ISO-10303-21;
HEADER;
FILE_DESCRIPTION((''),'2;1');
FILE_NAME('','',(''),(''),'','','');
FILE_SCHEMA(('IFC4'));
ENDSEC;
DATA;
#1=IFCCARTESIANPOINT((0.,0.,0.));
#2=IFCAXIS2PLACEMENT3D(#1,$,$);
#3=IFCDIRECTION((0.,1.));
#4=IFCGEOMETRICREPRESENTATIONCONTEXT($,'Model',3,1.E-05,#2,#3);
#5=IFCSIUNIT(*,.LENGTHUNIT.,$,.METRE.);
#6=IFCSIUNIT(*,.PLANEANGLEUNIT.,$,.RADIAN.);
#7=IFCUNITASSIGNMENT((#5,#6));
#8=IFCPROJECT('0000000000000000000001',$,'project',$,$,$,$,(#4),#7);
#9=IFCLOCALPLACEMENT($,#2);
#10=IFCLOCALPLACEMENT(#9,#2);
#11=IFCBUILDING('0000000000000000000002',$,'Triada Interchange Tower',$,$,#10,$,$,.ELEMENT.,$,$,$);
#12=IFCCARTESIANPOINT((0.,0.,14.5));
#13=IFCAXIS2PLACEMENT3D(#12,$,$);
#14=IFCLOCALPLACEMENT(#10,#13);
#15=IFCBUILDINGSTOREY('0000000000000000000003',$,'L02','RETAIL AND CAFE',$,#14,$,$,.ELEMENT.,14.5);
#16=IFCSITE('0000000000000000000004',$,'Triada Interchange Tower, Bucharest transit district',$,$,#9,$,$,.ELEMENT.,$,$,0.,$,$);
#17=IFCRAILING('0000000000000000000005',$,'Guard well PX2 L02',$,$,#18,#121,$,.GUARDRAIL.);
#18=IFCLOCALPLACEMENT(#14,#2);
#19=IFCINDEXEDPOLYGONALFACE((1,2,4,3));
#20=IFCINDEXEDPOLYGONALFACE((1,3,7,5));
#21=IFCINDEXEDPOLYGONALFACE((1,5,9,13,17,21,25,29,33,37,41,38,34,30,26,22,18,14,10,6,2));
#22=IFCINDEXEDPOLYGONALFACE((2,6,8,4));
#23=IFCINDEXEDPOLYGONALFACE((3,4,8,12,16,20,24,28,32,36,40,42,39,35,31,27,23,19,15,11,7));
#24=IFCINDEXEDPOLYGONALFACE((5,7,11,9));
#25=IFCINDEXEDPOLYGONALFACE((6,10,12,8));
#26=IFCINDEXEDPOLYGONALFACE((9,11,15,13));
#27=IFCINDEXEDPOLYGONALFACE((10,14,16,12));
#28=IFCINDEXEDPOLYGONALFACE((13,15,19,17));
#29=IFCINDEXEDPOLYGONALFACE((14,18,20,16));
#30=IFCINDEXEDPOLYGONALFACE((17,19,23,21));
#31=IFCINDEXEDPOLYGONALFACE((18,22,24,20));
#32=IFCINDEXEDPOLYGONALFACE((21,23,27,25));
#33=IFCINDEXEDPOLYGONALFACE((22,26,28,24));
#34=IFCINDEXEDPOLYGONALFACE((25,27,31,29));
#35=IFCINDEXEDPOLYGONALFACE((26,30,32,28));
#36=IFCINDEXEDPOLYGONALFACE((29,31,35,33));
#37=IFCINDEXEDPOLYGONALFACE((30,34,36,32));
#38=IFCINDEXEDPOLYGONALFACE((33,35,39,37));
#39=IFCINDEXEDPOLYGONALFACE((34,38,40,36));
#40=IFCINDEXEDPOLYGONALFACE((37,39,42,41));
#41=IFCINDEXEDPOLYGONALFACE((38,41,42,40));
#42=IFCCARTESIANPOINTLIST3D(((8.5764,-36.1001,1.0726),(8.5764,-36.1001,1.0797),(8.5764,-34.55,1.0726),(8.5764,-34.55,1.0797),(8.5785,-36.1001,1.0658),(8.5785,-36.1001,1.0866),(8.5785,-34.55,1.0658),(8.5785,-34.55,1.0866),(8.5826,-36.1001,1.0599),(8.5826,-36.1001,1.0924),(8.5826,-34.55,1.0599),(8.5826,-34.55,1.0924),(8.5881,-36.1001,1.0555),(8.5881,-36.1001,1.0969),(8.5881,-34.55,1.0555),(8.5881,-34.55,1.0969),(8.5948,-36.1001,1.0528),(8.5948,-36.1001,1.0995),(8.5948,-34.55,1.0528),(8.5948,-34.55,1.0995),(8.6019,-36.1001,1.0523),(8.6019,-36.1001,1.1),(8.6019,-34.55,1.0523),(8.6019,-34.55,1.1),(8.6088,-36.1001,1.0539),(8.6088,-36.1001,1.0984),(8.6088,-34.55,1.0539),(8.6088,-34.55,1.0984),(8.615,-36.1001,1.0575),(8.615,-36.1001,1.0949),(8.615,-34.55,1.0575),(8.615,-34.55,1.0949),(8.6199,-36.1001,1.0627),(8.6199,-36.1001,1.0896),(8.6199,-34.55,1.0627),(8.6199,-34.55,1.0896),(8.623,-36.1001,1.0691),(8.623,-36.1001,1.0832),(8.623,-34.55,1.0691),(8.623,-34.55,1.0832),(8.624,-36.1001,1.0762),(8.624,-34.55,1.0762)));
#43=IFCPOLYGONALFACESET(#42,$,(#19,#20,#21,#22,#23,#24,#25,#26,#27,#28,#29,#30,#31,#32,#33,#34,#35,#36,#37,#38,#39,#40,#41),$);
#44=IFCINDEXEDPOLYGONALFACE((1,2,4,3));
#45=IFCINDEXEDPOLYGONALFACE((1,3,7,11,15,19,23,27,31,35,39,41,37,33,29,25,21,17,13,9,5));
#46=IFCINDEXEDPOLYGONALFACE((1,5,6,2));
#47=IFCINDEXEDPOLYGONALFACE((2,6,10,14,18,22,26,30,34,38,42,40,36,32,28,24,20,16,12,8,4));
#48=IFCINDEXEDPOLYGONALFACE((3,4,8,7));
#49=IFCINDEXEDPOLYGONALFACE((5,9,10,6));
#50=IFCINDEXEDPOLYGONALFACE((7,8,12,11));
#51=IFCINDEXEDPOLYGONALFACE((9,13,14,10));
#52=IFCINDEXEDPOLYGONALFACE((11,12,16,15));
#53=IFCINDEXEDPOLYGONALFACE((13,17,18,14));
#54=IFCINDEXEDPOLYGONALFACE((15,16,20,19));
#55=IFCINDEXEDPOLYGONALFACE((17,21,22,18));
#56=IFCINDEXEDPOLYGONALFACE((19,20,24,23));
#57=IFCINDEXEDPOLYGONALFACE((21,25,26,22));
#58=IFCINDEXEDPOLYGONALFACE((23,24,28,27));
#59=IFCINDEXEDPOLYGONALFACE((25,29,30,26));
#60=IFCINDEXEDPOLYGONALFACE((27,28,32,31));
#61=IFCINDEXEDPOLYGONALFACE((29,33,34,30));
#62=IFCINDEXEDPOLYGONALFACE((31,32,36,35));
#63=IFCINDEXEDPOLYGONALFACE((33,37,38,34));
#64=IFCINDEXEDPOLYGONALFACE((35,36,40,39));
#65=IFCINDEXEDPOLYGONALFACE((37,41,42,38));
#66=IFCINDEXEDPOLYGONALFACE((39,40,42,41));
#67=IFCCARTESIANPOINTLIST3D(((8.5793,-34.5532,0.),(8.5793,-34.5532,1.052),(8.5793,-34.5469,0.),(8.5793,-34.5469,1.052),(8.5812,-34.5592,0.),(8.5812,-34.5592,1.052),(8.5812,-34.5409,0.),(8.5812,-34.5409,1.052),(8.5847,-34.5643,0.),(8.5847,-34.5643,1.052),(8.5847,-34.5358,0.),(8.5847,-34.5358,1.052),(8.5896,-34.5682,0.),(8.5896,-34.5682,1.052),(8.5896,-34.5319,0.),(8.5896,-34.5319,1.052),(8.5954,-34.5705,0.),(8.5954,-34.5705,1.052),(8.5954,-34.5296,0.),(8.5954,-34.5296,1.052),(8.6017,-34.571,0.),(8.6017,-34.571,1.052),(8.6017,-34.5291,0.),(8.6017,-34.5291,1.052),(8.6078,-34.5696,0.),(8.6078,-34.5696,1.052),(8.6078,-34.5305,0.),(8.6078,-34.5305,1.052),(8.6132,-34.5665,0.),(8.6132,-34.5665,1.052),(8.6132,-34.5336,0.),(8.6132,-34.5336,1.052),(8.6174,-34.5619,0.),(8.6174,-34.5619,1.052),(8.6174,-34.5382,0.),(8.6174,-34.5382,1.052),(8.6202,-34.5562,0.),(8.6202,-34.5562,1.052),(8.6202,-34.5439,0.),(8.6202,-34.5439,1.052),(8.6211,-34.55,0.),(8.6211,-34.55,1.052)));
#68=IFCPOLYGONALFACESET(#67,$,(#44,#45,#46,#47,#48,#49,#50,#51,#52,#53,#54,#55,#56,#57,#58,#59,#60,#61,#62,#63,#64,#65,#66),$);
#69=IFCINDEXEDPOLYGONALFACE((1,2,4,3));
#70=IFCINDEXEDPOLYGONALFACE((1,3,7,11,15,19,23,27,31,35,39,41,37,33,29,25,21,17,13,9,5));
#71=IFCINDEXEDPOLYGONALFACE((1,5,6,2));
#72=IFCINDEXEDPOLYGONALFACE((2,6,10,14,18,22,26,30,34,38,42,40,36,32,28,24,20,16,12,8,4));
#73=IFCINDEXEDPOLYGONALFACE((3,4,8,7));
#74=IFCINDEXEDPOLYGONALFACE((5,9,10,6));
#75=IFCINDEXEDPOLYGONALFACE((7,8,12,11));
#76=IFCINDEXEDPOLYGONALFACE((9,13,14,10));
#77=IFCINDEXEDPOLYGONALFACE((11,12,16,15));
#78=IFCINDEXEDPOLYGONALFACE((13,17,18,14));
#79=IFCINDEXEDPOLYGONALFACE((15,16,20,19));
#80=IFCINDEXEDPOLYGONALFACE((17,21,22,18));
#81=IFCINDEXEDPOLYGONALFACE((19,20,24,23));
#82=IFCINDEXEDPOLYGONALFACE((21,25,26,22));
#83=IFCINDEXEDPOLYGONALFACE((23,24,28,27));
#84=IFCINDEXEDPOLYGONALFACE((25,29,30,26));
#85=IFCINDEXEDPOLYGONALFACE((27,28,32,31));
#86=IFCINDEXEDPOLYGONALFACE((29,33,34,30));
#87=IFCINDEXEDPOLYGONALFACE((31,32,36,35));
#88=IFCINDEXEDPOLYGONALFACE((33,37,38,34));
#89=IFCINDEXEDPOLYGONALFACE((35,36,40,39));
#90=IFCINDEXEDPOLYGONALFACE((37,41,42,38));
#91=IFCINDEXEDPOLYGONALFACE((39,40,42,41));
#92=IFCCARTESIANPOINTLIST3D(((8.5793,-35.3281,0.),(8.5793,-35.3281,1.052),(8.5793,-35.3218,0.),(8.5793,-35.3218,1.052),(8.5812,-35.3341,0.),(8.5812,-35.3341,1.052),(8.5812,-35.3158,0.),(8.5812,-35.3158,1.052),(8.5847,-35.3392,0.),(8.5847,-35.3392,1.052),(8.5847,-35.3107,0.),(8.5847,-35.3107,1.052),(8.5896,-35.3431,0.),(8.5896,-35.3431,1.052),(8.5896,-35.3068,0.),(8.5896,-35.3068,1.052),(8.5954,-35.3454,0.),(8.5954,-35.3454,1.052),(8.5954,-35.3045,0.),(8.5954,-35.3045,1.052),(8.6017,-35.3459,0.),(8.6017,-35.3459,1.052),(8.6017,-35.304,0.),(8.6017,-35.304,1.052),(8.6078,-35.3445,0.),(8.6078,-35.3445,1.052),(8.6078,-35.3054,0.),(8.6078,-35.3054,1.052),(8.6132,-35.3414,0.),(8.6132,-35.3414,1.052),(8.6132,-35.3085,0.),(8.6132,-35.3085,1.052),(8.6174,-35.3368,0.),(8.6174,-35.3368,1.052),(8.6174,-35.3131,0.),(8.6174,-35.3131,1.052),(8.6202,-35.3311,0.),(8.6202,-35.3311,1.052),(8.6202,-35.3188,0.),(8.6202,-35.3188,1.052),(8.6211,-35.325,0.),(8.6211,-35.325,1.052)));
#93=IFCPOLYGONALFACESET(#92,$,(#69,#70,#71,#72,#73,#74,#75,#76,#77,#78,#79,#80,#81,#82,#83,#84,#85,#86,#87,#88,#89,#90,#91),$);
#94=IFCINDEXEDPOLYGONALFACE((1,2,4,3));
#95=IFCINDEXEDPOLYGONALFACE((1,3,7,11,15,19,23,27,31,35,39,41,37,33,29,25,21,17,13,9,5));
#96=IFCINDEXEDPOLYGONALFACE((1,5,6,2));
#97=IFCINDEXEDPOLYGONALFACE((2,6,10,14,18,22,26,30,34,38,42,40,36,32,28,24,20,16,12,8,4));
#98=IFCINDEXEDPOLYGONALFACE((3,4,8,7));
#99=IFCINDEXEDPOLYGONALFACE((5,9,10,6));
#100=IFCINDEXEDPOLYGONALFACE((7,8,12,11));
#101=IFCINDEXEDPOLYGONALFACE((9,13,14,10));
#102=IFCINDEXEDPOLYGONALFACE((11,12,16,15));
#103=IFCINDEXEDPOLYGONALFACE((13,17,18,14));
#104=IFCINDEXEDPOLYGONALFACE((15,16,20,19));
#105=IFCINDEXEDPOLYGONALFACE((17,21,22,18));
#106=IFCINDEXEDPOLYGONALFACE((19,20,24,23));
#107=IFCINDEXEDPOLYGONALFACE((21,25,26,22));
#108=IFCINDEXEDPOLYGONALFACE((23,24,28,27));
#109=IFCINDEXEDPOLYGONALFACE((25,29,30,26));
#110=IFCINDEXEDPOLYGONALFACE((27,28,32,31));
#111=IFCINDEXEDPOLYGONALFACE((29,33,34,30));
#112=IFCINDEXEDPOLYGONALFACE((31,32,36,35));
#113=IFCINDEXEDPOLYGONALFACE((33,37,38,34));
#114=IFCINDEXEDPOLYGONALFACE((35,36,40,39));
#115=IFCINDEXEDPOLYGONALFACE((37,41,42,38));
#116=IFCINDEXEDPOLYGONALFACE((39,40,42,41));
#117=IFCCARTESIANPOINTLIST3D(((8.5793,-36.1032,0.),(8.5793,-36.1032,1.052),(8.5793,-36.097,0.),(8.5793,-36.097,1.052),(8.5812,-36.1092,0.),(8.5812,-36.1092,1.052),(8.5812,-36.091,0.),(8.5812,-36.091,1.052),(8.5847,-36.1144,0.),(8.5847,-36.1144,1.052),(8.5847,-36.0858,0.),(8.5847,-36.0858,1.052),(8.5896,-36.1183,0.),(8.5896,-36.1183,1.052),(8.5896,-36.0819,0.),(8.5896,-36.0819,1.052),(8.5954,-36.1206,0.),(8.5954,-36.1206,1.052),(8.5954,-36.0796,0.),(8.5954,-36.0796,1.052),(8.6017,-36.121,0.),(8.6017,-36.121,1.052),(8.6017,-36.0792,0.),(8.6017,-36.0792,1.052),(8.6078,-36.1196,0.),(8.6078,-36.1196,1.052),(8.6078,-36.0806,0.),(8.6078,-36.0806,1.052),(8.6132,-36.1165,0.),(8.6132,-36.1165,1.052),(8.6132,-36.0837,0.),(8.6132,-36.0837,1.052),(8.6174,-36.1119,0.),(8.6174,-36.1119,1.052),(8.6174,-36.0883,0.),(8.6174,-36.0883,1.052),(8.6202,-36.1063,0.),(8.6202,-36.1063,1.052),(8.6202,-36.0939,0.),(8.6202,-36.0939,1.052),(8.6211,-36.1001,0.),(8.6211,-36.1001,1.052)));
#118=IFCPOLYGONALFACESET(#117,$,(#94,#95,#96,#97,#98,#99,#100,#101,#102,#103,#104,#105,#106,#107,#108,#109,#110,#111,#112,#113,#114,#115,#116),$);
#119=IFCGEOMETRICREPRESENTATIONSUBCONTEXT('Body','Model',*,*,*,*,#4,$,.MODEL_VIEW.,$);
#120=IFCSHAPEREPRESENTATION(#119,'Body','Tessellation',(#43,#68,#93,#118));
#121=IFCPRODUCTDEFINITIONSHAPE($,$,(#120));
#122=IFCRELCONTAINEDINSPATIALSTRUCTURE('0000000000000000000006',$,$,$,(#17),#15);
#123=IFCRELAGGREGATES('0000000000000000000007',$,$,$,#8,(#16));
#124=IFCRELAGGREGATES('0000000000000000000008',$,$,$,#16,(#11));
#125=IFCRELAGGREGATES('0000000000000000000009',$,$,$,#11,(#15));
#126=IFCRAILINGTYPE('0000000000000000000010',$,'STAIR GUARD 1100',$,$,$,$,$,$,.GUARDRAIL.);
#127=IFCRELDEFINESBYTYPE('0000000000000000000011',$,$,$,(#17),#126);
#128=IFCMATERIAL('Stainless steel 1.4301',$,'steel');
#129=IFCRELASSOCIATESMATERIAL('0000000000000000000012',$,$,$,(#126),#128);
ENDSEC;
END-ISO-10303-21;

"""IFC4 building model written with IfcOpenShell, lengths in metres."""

from ifc_helpers import new_model, si_unit, direction, frame, origin, origin_2d, place, context, subcontext, project, spatial, circle, extrude, material, type_object, element, save


model = new_model("IFC4")

# Units and contexts
model_context = context("Model", 3, precision=1e-05, world=origin(), true_north=direction((0.0, 1.0)))
body_context = subcontext(model_context, "Body", "Model", "MODEL_VIEW")
ifc_project = project(units=[si_unit("LENGTHUNIT", "METRE"), si_unit("PLANEANGLEUNIT", "RADIAN")], contexts=[model_context])

# Site, building, storey
site_placement = place(None, origin())
site = spatial("IfcSite", under=ifc_project, at=site_placement, Name="Triada Interchange Tower, Bucharest transit district", CompositionType="ELEMENT", RefElevation=0.0)
building_placement = place(site_placement, origin())
building = spatial("IfcBuilding", under=site, at=building_placement, Name="Triada Interchange Tower", CompositionType="ELEMENT")
storey_placement = place(building_placement, frame((0.0, 0.0, 14.5)))
storey = spatial("IfcBuildingStorey", under=building, at=storey_placement, Name="L02", Description="RETAIL AND CAFE", CompositionType="ELEMENT", Elevation=14.5)

# Railing
ifc_material_1 = material(Name="Stainless steel 1.4301", Category="steel")
railing_type = type_object("IfcRailingType", Name="STAIR GUARD 1100", PredefinedType="GUARDRAIL", material=ifc_material_1)
railing_placement = place(storey_placement, frame((8.6001, -34.55, 0.0)))
element("IfcRailing", 1, at=railing_placement, inside=storey, type_object=railing_type, Name="Guard well PX2 L02", PredefinedType="GUARDRAIL", context=body_context, shape_type="SweptSolid", body=[
    extrude(circle(Radius=0.0239, at=origin_2d()), frame((0.0, 0.0, 1.0762), z_axis=(0.0, -1.0, 0.0), x_axis=(1.0, 0.0, 0.0)), (0.0, 0.0, 1.0), 1.55),
    extrude(circle(Radius=0.021, at=origin_2d()), origin(), (0.0, 0.0, 1.0), 1.052),
    extrude(circle(Radius=0.021, at=origin_2d()), frame((0.0, -0.7749, 0.0)), (0.0, 0.0, 1.0), 1.052),
    extrude(circle(Radius=0.021, at=origin_2d()), frame((0.0, -1.55, 0.0)), (0.0, 0.0, 1.0), 1.052),
])

save(model, "model.ifc")
